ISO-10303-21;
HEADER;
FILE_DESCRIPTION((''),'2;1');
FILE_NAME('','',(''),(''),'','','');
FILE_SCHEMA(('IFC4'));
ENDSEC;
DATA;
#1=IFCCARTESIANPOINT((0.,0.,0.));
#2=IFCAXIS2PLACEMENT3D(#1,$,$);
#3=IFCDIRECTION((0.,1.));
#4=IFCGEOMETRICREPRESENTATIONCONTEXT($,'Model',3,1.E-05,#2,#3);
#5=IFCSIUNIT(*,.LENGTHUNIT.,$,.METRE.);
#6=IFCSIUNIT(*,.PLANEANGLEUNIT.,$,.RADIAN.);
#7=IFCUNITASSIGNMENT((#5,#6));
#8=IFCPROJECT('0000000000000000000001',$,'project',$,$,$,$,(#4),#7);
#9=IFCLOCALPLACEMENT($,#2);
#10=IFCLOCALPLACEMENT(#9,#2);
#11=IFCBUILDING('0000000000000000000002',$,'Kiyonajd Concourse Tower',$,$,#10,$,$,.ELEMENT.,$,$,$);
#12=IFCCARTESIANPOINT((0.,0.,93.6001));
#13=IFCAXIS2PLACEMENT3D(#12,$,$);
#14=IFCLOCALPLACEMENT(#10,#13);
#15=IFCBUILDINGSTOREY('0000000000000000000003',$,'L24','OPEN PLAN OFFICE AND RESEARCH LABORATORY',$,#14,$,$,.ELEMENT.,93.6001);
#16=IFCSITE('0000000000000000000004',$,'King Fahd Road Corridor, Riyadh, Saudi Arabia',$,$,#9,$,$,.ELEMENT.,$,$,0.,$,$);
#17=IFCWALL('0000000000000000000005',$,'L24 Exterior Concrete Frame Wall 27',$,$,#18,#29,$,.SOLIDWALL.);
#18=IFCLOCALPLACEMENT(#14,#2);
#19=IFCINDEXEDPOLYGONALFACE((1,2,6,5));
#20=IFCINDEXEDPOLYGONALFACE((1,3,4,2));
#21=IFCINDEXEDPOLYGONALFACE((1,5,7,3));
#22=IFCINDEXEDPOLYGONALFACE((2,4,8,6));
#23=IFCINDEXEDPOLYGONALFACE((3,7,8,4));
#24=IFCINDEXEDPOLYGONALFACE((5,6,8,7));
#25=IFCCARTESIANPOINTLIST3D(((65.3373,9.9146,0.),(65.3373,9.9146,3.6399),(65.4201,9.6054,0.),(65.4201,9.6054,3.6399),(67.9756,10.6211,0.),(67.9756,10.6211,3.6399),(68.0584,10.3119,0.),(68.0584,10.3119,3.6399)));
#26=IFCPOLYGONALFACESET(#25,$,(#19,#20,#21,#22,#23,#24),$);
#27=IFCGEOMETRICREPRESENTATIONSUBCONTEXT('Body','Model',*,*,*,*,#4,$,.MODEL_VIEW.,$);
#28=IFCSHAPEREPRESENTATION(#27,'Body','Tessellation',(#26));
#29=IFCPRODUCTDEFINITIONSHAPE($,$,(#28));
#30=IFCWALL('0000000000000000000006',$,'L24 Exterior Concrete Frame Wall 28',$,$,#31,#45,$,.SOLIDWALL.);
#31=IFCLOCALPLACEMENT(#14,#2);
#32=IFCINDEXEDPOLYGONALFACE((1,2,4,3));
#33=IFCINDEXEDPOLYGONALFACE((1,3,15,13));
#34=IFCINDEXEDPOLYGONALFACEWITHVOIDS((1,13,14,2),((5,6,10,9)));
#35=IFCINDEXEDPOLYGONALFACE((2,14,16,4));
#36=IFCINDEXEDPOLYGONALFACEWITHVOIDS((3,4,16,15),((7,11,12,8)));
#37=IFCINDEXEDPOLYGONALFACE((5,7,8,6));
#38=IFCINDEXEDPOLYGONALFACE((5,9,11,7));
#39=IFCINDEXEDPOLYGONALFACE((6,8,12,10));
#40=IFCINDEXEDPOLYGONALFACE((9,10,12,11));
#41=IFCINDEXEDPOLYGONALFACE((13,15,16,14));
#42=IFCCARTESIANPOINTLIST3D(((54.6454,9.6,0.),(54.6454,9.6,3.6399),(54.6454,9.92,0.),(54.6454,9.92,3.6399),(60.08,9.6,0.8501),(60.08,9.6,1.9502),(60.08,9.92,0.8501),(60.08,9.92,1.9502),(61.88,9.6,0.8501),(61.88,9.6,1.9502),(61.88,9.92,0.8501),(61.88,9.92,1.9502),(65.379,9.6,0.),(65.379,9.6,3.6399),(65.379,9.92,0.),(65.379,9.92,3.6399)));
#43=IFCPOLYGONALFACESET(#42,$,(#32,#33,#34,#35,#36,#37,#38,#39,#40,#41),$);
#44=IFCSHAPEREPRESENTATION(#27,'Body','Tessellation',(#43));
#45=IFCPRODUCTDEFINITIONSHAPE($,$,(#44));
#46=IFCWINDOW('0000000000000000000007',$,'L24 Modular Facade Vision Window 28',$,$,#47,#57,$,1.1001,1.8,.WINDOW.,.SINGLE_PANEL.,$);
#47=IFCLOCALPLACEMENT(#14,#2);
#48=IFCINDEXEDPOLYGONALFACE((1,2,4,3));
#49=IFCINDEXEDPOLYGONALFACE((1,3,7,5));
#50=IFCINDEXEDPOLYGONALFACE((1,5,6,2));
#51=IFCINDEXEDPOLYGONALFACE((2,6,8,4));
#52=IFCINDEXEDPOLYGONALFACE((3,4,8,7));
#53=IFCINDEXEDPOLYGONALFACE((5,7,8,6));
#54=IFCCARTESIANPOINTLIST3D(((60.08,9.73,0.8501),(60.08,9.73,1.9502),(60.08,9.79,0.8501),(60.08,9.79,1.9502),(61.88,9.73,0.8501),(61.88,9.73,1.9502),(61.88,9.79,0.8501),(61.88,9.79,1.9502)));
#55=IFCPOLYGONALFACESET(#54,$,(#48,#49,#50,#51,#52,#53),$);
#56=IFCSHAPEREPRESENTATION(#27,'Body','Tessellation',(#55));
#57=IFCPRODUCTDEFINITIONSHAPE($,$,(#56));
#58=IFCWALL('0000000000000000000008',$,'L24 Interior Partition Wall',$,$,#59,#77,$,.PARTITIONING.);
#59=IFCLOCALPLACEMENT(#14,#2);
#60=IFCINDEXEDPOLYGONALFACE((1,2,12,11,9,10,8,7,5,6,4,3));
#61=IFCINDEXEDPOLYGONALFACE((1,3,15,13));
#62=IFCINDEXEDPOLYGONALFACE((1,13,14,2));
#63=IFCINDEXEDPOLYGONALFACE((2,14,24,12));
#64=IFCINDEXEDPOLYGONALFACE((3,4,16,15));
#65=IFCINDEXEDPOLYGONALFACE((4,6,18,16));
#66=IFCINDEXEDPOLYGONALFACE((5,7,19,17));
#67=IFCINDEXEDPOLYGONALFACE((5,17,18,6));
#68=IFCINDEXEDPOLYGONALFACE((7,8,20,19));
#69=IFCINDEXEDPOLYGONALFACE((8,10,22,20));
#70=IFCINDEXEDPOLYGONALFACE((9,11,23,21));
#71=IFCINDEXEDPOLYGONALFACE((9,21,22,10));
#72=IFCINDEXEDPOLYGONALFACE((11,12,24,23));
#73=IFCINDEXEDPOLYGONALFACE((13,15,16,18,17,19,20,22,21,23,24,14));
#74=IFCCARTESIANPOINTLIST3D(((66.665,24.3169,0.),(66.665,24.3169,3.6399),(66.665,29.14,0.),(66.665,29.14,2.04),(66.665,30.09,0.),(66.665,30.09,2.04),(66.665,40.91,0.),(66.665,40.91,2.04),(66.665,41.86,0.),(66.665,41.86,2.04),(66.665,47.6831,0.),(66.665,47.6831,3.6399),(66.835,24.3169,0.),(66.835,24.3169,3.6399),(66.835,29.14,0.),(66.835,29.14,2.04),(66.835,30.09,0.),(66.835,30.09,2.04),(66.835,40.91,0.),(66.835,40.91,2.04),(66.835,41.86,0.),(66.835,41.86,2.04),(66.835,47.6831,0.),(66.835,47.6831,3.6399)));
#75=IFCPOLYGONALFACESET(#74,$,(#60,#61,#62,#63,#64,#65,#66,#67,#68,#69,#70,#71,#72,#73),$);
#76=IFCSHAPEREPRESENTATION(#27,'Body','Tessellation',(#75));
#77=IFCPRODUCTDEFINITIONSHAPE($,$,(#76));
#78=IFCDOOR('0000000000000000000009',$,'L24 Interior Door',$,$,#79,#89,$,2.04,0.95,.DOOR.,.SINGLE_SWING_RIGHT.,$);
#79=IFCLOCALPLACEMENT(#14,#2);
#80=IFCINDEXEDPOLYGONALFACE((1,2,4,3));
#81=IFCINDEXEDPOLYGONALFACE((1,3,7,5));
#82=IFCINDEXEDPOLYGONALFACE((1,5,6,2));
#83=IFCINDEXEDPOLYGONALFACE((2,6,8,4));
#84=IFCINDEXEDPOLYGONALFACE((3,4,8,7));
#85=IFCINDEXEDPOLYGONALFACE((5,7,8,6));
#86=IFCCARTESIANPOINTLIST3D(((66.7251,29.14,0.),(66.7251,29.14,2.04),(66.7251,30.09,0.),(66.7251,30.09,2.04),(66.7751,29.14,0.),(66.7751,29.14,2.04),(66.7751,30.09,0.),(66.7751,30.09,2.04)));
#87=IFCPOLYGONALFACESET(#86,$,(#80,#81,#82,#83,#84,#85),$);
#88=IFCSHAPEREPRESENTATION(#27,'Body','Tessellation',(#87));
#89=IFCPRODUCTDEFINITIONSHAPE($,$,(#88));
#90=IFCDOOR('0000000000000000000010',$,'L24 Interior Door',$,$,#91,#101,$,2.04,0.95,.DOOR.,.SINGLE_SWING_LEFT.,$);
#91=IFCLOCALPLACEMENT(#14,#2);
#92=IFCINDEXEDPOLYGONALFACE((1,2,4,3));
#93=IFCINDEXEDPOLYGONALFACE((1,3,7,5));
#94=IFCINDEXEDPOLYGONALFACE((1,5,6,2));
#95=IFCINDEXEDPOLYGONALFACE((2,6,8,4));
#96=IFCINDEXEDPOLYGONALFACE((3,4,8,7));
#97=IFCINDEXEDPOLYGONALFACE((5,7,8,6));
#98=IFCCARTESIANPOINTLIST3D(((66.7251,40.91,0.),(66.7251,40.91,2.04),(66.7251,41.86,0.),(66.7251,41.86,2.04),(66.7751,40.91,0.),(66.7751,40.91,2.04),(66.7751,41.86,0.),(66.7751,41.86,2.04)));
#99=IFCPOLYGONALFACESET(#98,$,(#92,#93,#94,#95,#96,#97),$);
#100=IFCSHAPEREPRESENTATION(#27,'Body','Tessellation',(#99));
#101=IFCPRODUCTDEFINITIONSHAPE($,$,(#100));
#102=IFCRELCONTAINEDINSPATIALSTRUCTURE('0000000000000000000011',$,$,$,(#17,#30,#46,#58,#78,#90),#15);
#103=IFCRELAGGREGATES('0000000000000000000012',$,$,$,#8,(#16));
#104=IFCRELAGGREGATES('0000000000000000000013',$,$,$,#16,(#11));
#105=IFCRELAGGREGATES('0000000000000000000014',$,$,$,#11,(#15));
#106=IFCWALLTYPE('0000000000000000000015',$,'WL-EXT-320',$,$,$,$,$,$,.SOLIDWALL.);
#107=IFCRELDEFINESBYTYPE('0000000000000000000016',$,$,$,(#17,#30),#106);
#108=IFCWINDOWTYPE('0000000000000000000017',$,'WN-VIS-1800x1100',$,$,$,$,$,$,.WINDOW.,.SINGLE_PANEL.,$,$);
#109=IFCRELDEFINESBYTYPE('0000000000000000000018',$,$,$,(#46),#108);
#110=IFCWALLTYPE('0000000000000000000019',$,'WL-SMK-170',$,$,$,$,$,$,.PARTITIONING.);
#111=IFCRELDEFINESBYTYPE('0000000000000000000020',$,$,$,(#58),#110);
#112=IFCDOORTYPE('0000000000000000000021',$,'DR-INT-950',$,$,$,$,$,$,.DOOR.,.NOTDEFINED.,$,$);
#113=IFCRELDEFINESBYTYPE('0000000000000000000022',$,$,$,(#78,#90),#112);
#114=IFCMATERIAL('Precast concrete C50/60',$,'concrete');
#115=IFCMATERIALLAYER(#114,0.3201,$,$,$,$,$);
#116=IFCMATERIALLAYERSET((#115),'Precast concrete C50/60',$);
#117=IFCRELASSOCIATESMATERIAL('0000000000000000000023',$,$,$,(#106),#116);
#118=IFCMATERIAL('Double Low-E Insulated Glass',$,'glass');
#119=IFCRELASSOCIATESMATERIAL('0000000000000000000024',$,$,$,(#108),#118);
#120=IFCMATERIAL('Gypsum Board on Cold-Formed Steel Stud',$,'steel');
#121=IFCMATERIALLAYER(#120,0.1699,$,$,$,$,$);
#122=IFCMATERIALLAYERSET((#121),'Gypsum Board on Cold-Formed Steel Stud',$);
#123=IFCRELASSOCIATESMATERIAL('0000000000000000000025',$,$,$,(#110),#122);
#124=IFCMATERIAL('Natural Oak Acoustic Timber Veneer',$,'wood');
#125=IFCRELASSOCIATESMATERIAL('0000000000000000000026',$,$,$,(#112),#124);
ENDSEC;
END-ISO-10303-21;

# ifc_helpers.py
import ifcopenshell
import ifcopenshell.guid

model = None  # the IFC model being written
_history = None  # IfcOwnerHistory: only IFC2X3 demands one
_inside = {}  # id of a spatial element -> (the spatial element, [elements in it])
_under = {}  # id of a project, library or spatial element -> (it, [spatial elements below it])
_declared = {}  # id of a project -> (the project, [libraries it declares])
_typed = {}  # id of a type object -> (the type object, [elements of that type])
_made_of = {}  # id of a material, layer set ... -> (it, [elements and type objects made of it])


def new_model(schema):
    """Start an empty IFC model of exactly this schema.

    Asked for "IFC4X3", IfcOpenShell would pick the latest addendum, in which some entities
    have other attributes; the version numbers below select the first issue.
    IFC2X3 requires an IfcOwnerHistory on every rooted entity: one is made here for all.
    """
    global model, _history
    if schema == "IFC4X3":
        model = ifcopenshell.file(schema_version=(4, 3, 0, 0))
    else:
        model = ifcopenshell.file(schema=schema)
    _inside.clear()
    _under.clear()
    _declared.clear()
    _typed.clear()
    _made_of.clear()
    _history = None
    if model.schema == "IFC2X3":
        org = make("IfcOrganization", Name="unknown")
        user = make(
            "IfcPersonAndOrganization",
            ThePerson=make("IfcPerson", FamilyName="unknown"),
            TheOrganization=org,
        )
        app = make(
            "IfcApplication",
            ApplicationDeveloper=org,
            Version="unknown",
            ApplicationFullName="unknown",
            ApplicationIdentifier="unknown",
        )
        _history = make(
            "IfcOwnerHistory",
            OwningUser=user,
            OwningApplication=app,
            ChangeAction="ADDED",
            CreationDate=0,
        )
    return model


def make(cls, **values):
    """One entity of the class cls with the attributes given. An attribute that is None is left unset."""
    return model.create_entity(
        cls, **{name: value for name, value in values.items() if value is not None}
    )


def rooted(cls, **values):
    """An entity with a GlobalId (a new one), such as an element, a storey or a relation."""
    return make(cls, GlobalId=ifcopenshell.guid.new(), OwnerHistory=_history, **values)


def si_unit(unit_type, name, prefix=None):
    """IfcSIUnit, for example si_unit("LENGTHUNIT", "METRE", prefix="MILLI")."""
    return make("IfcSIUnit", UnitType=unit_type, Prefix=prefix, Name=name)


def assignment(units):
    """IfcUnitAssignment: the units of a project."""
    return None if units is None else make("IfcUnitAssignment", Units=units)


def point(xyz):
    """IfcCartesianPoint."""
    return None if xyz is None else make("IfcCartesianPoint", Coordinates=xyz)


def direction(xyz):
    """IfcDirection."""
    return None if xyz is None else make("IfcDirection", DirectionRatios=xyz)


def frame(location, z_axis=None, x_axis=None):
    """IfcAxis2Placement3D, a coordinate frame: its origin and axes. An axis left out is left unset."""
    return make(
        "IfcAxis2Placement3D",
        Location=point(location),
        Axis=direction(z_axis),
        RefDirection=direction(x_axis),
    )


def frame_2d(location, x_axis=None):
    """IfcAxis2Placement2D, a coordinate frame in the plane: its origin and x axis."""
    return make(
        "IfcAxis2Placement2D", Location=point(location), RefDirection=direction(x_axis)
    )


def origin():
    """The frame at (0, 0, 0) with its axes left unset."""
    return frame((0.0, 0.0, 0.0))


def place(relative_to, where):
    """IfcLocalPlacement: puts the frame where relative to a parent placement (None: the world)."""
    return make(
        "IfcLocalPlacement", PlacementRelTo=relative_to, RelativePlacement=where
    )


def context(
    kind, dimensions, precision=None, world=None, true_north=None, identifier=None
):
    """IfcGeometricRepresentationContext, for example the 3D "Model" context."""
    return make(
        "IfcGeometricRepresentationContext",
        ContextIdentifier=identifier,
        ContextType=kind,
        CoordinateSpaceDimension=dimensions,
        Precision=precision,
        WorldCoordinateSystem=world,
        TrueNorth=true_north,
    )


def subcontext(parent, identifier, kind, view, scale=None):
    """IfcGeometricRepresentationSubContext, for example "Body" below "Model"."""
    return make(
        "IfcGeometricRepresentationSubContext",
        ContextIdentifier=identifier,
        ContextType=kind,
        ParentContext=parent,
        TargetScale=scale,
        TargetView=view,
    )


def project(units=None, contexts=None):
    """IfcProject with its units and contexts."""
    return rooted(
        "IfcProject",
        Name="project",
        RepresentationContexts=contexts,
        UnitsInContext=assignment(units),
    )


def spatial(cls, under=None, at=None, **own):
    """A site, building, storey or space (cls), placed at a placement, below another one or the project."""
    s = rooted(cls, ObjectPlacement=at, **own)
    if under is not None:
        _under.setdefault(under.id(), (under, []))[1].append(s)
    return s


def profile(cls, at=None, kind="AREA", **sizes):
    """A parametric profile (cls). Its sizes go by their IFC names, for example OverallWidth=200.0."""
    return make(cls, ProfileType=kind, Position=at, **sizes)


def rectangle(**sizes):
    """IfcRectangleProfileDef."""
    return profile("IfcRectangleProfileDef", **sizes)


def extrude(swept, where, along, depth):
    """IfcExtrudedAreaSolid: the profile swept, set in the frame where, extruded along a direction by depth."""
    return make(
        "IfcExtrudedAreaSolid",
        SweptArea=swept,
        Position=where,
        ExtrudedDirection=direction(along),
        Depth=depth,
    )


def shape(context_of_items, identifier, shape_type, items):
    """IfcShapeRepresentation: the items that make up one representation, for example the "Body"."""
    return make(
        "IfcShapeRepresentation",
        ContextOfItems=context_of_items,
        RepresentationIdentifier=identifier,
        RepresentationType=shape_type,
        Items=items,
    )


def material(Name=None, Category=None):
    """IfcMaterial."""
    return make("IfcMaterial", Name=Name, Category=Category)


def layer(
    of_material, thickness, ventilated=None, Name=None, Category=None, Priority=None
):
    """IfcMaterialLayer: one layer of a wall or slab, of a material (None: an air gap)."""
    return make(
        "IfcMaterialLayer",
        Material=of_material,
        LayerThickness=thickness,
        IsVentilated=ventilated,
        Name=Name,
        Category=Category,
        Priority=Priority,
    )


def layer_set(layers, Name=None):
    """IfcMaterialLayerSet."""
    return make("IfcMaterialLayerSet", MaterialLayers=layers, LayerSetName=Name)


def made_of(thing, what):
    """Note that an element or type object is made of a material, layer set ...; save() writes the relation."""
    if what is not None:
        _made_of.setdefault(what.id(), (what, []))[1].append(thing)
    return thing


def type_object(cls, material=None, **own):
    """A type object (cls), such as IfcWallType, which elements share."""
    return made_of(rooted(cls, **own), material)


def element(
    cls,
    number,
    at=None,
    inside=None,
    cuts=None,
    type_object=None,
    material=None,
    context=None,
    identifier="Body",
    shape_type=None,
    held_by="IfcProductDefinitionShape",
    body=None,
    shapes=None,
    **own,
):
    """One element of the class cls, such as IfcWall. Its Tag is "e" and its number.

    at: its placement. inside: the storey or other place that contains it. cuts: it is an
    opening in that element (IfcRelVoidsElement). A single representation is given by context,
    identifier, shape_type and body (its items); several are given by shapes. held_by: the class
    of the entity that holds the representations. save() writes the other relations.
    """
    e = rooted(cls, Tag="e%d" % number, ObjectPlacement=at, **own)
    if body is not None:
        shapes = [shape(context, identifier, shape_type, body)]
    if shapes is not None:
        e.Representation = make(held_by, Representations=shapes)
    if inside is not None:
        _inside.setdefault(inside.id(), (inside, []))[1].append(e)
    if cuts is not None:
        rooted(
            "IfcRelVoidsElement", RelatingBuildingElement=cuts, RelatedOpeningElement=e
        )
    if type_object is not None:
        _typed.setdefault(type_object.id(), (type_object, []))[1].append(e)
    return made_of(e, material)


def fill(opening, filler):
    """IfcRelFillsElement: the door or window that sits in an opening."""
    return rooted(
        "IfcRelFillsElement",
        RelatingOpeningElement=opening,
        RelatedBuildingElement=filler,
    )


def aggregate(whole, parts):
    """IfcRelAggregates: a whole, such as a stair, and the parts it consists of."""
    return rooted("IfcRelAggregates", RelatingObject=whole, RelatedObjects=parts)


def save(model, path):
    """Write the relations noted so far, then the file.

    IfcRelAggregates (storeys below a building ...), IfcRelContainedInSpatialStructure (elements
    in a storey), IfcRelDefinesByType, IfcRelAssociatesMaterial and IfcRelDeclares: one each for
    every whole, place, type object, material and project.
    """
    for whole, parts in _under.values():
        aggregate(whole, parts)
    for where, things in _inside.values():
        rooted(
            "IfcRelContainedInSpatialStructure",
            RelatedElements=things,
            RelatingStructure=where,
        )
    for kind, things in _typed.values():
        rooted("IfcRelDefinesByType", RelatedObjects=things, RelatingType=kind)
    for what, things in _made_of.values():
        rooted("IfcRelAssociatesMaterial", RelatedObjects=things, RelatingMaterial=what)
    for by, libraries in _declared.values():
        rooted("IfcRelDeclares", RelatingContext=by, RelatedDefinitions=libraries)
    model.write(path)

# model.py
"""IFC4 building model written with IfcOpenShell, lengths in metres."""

from ifc_helpers import new_model, si_unit, direction, frame, frame_2d, origin, place, context, subcontext, project, spatial, rectangle, extrude, material, layer, layer_set, type_object, element, fill, save


model = new_model("IFC4")

# Units and contexts
model_context = context("Model", 3, precision=1e-05, world=origin(), true_north=direction((0.0, 1.0)))
body_context = subcontext(model_context, "Body", "Model", "MODEL_VIEW")
ifc_project = project(units=[si_unit("LENGTHUNIT", "METRE"), si_unit("PLANEANGLEUNIT", "RADIAN")], contexts=[model_context])

# Site, building, storey
site_placement = place(None, origin())
site = spatial("IfcSite", under=ifc_project, at=site_placement, Name="King Fahd Road Corridor, Riyadh, Saudi Arabia", CompositionType="ELEMENT", RefElevation=0.0)
building_placement = place(site_placement, origin())
building = spatial("IfcBuilding", under=site, at=building_placement, Name="Kiyonajd Concourse Tower", CompositionType="ELEMENT")
storey_placement = place(building_placement, frame((0.0, 0.0, 93.6001)))
storey = spatial("IfcBuildingStorey", under=building, at=storey_placement, Name="L24", Description="OPEN PLAN OFFICE AND RESEARCH LABORATORY", CompositionType="ELEMENT", Elevation=93.6001)

# Shared definitions
ifc_material_1 = material(Name="Precast concrete C50/60", Category="concrete")

# Shared definitions
ifc_material_2 = material(Name="Double Low-E Insulated Glass", Category="glass")

# Wall
ifc_layer_1 = layer(ifc_material_1, 0.3201)
ifc_layer_set_1 = layer_set([ifc_layer_1], Name="Precast concrete C50/60")
wall_type_1 = type_object("IfcWallType", Name="WL-EXT-320", PredefinedType="SOLIDWALL", material=ifc_layer_set_1)
wall_1_placement = place(storey_placement, frame((68.0171, 10.4666, 0.0), z_axis=(0.0, 0.0, 1.0), x_axis=(-0.965958, -0.258697, 0.0)))
element("IfcWall", 1, at=wall_1_placement, inside=storey, type_object=wall_type_1, Name="L24 Exterior Concrete Frame Wall 27", PredefinedType="SOLIDWALL", context=body_context, shape_type="SweptSolid", body=[
    extrude(rectangle(XDim=2.7312, YDim=0.3201, at=frame_2d((1.3657, 0.0))), origin(), (0.0, 0.0, 1.0), 3.6399),
])

# Wall, opening, window
wall_2_placement = place(storey_placement, frame((65.3789, 9.76, 0.0), z_axis=(0.0, 0.0, 1.0), x_axis=(-1.0, 0.0, 0.0)))
wall_2 = element("IfcWall", 2, at=wall_2_placement, inside=storey, type_object=wall_type_1, Name="L24 Exterior Concrete Frame Wall 28", PredefinedType="SOLIDWALL", context=body_context, shape_type="SweptSolid", body=[
    extrude(rectangle(XDim=10.7336, YDim=0.3201, at=frame_2d((5.3667, 0.0))), origin(), (0.0, 0.0, 1.0), 3.6399),
])
opening_1_placement = place(wall_2_placement, frame((3.499, 0.0, 0.8501)))
opening_1 = element("IfcOpeningElement", 3, at=opening_1_placement, cuts=wall_2, PredefinedType="OPENING", context=body_context, shape_type="SweptSolid", body=[
    extrude(rectangle(XDim=1.8, YDim=1.1001, at=frame_2d((0.8999, 0.55))), frame((0.0, 0.1699, 0.0), z_axis=(0.0, -1.0, 0.0), x_axis=(1.0, 0.0, 0.0)), (0.0, 0.0, 1.0), 0.3401),
])
window_type = type_object("IfcWindowType", Name="WN-VIS-1800x1100", PartitioningType="SINGLE_PANEL", PredefinedType="WINDOW", material=ifc_material_2)
window_placement = place(opening_1_placement, origin())
window = element("IfcWindow", 4, at=window_placement, inside=storey, type_object=window_type, Name="L24 Modular Facade Vision Window 28", OverallHeight=1.1001, OverallWidth=1.8, PartitioningType="SINGLE_PANEL", PredefinedType="WINDOW", context=body_context, shape_type="SweptSolid", body=[
    extrude(rectangle(XDim=1.8, YDim=1.1001, at=frame_2d((0.8999, 0.55))), frame((0.0, 0.03, 0.0), z_axis=(0.0, -1.0, 0.0), x_axis=(1.0, 0.0, 0.0)), (0.0, 0.0, 1.0), 0.0601),
])
fill(opening_1, window)

# Wall, openings, doors
ifc_material_3 = material(Name="Gypsum Board on Cold-Formed Steel Stud", Category="steel")
ifc_layer_2 = layer(ifc_material_3, 0.1699)
ifc_layer_set_2 = layer_set([ifc_layer_2], Name="Gypsum Board on Cold-Formed Steel Stud")
wall_type_2 = type_object("IfcWallType", Name="WL-SMK-170", PredefinedType="PARTITIONING", material=ifc_layer_set_2)
wall_3_placement = place(storey_placement, frame((66.75, 24.3169, 0.0), z_axis=(0.0, 0.0, 1.0), x_axis=(0.0, 1.0, 0.0)))
wall_3 = element("IfcWall", 5, at=wall_3_placement, inside=storey, type_object=wall_type_2, Name="L24 Interior Partition Wall", PredefinedType="PARTITIONING", context=body_context, shape_type="SweptSolid", body=[
    extrude(rectangle(XDim=23.3662, YDim=0.1699, at=frame_2d((11.6831, 0.0))), origin(), (0.0, 0.0, 1.0), 3.6399),
])
opening_2_placement = place(wall_3_placement, frame((4.823, 0.0, 0.0)))
opening_2 = element("IfcOpeningElement", 6, at=opening_2_placement, cuts=wall_3, PredefinedType="OPENING", context=body_context, shape_type="SweptSolid", body=[
    extrude(rectangle(XDim=0.95, YDim=2.04, at=frame_2d((0.4751, 1.02))), frame((0.0, 0.095, 0.0), z_axis=(0.0, -1.0, 0.0), x_axis=(1.0, 0.0, 0.0)), (0.0, 0.0, 1.0), 0.1899),
])
opening_3_placement = place(wall_3_placement, frame((16.593, 0.0, 0.0)))
opening_3 = element("IfcOpeningElement", 7, at=opening_3_placement, cuts=wall_3, PredefinedType="OPENING", context=body_context, shape_type="SweptSolid", body=[
    extrude(rectangle(XDim=0.95, YDim=2.04, at=frame_2d((0.4751, 1.02))), frame((0.0, 0.095, 0.0), z_axis=(0.0, -1.0, 0.0), x_axis=(1.0, 0.0, 0.0)), (0.0, 0.0, 1.0), 0.1899),
])
ifc_material_4 = material(Name="Natural Oak Acoustic Timber Veneer", Category="wood")
door_type = type_object("IfcDoorType", Name="DR-INT-950", OperationType="NOTDEFINED", PredefinedType="DOOR", material=ifc_material_4)
door_1_placement = place(opening_2_placement, origin())
door_1 = element("IfcDoor", 8, at=door_1_placement, inside=storey, type_object=door_type, Name="L24 Interior Door", OperationType="SINGLE_SWING_RIGHT", OverallHeight=2.04, OverallWidth=0.95, PredefinedType="DOOR", context=body_context, shape_type="SweptSolid", body=[
    extrude(rectangle(XDim=0.95, YDim=2.04, at=frame_2d((0.4751, 1.02))), frame((0.0, 0.0249, 0.0), z_axis=(0.0, -1.0, 0.0), x_axis=(1.0, 0.0, 0.0)), (0.0, 0.0, 1.0), 0.05),
])
fill(opening_2, door_1)
door_2_placement = place(opening_3_placement, origin())
door_2 = element("IfcDoor", 9, at=door_2_placement, inside=storey, type_object=door_type, Name="L24 Interior Door", OperationType="SINGLE_SWING_LEFT", OverallHeight=2.04, OverallWidth=0.95, PredefinedType="DOOR", context=body_context, shape_type="SweptSolid", body=[
    extrude(rectangle(XDim=0.95, YDim=2.04, at=frame_2d((0.4751, 1.02))), frame((0.0, 0.0249, 0.0), z_axis=(0.0, -1.0, 0.0), x_axis=(1.0, 0.0, 0.0)), (0.0, 0.0, 1.0), 0.05),
])
fill(opening_3, door_2)

save(model, "model.ifc")
